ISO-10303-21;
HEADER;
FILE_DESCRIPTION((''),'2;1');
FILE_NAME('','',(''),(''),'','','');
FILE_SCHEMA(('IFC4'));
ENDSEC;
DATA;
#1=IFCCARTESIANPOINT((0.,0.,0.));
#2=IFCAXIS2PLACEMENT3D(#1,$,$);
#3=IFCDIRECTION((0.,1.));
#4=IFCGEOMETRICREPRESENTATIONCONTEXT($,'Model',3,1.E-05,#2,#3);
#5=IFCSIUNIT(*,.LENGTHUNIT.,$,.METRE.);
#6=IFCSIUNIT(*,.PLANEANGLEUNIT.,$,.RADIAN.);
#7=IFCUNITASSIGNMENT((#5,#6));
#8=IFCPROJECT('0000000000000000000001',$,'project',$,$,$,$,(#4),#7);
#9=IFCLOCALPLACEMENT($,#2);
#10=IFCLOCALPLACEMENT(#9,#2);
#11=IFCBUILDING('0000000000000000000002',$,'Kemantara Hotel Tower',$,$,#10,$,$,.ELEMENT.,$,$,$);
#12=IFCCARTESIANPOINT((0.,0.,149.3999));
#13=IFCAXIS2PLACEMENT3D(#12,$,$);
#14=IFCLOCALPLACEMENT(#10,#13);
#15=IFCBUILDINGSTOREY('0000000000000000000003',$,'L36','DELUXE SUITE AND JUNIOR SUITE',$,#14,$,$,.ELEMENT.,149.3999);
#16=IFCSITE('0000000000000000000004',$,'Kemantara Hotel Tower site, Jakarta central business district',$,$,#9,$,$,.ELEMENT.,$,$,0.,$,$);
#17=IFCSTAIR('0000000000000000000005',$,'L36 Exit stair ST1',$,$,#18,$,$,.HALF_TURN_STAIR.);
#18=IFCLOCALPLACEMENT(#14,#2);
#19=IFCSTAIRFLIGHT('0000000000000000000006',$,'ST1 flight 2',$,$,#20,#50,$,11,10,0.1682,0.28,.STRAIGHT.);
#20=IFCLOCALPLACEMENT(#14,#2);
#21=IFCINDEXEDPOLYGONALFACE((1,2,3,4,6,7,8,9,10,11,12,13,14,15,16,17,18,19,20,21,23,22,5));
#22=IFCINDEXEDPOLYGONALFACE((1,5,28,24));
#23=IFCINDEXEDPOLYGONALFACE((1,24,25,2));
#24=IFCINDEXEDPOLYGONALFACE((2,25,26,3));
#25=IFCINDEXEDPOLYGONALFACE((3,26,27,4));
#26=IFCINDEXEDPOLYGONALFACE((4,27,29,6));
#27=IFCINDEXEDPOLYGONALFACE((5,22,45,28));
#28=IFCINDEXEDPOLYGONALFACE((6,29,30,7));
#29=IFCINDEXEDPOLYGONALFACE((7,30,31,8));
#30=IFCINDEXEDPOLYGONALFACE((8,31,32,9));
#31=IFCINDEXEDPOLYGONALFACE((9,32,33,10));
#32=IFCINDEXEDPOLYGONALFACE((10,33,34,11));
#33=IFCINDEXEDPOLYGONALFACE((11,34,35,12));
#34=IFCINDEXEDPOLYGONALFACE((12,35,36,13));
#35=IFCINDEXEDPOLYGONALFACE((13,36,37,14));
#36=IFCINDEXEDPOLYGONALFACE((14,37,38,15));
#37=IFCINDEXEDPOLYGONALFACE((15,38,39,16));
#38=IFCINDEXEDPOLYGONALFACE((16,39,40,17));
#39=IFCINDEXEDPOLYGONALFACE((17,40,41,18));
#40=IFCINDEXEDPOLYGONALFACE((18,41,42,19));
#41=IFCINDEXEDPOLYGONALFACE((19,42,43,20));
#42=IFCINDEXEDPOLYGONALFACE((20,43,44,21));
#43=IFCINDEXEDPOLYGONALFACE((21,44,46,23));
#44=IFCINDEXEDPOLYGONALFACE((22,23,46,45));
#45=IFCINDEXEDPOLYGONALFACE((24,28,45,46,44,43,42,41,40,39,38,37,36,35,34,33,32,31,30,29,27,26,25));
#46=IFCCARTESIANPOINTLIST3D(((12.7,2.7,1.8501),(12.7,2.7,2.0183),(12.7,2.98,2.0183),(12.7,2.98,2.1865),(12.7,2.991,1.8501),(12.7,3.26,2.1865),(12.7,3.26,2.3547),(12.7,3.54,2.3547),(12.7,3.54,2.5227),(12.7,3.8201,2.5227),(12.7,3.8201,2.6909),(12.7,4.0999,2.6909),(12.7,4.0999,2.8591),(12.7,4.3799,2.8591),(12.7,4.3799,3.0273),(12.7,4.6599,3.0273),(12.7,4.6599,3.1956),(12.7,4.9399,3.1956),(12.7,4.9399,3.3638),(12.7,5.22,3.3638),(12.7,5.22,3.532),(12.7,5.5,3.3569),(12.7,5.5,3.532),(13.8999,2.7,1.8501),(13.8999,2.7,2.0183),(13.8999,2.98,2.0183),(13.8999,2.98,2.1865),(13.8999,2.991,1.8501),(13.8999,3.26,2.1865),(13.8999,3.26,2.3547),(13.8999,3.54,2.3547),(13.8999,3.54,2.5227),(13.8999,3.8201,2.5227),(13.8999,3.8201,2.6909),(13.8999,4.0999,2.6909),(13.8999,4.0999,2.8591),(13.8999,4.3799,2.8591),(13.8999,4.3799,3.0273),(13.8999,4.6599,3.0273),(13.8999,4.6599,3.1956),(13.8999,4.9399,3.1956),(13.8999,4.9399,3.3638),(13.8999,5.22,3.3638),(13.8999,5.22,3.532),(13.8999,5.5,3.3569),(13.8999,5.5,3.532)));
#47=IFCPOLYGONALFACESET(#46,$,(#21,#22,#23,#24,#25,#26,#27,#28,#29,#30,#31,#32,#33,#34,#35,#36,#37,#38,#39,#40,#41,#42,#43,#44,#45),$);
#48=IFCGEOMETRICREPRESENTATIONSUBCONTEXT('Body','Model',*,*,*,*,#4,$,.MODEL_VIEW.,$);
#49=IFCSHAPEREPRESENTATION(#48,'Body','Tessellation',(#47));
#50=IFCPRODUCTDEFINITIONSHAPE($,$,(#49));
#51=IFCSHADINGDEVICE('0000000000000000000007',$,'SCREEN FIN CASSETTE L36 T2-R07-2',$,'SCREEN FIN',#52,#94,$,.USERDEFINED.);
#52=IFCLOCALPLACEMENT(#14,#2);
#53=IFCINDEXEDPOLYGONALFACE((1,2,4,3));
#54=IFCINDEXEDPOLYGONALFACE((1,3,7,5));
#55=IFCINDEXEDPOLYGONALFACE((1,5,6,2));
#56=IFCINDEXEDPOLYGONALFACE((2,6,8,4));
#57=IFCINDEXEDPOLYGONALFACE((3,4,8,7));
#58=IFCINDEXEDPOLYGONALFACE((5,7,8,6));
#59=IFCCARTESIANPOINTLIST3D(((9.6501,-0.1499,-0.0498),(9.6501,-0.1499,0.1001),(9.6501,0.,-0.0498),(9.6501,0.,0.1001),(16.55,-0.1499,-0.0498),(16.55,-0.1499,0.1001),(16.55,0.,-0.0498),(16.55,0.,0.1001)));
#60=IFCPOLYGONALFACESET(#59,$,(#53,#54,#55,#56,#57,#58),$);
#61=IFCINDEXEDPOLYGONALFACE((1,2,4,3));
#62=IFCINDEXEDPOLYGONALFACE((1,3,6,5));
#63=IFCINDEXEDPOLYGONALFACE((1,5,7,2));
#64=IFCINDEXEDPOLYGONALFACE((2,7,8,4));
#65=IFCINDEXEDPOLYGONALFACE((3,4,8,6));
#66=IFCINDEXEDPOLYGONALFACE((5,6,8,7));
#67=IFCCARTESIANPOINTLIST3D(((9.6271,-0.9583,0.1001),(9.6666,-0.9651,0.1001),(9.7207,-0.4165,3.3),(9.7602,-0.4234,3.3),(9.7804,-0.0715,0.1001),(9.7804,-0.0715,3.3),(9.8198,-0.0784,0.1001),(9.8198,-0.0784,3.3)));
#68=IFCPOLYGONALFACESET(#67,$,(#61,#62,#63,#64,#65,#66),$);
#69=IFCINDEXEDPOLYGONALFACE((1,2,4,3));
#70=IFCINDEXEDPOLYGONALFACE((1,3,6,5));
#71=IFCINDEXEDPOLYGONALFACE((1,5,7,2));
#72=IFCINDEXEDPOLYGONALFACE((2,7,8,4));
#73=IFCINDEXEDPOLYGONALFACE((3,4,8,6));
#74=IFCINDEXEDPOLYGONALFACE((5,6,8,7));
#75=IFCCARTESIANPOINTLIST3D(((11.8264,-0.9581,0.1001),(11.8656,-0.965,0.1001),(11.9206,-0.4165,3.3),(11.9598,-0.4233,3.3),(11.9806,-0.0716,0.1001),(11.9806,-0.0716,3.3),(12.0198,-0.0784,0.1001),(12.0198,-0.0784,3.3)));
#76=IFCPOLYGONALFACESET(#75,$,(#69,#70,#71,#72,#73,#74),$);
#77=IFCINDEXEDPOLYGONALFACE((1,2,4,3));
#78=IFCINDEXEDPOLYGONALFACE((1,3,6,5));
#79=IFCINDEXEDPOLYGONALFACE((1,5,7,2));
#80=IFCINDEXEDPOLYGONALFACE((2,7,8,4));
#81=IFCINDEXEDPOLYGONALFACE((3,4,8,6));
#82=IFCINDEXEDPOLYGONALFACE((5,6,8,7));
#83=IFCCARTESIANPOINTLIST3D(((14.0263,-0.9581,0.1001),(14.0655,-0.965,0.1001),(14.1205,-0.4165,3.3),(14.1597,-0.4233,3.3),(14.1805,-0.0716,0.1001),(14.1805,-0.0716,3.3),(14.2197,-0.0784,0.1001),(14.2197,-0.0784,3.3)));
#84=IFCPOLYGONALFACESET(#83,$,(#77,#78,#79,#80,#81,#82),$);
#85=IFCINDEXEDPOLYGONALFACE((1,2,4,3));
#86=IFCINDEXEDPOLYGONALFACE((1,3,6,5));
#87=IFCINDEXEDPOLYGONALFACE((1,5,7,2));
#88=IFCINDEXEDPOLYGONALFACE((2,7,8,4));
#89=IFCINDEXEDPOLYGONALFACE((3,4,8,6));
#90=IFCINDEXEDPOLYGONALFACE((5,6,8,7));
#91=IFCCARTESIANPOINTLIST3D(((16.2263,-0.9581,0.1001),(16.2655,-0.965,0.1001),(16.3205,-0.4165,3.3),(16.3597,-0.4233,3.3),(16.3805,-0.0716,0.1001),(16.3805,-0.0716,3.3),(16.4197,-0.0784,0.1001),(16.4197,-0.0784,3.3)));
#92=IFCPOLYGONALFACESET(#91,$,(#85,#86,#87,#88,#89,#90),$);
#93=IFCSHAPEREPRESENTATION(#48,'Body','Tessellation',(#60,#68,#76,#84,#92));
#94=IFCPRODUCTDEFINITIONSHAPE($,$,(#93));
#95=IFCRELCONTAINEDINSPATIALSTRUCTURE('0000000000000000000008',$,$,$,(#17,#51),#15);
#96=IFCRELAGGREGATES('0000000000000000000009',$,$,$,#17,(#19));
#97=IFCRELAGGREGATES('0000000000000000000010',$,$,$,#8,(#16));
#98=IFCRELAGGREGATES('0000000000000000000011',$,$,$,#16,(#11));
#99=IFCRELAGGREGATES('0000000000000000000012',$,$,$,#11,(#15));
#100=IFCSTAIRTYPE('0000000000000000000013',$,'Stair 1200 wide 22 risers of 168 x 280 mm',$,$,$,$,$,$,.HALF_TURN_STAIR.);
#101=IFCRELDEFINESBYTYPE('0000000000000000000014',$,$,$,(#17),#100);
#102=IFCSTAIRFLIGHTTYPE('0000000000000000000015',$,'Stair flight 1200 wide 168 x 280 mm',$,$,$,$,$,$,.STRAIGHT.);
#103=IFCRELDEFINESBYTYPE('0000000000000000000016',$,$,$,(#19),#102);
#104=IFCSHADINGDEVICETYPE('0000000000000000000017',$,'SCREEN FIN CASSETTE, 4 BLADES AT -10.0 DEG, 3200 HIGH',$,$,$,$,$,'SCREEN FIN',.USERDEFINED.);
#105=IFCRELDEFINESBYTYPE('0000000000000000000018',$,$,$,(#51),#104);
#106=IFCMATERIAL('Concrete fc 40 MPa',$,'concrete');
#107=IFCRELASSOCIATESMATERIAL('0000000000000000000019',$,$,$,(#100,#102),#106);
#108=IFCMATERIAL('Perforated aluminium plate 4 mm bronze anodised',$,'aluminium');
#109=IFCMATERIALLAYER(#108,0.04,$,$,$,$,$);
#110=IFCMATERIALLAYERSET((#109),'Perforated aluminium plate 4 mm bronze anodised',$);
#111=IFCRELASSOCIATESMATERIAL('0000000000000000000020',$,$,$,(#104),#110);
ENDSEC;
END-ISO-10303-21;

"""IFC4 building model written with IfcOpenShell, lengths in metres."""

from ifc_helpers import new_model, si_unit, direction, frame, origin, origin_2d, place, context, subcontext, project, spatial, polyline, rectangle, outline, extrude, source, transform, mapped, material, layer, layer_set, type_object, element, aggregate, save


model = new_model("IFC4")

# Units and contexts
model_context = context("Model", 3, precision=1e-05, world=origin(), true_north=direction((0.0, 1.0)))
body_context = subcontext(model_context, "Body", "Model", "MODEL_VIEW")
ifc_project = project(units=[si_unit("LENGTHUNIT", "METRE"), si_unit("PLANEANGLEUNIT", "RADIAN")], contexts=[model_context])

# Site, building, storey
site_placement = place(None, origin())
site = spatial("IfcSite", under=ifc_project, at=site_placement, Name="Kemantara Hotel Tower site, Jakarta central business district", CompositionType="ELEMENT", RefElevation=0.0)
building_placement = place(site_placement, origin())
building = spatial("IfcBuilding", under=site, at=building_placement, Name="Kemantara Hotel Tower", CompositionType="ELEMENT")
storey_placement = place(building_placement, frame((0.0, 0.0, 149.3999)))
storey = spatial("IfcBuildingStorey", under=building, at=storey_placement, Name="L36", Description="DELUXE SUITE AND JUNIOR SUITE", CompositionType="ELEMENT", Elevation=149.3999)

# Stair, stair flight
ifc_material_1 = material(Name="Concrete fc 40 MPa", Category="concrete")
stair_type = type_object("IfcStairType", Name="Stair 1200 wide 22 risers of 168 x 280 mm", PredefinedType="HALF_TURN_STAIR", material=ifc_material_1)
stair_placement = place(storey_placement, origin())
stair = element("IfcStair", 1, at=stair_placement, inside=storey, type_object=stair_type, Name="L36 Exit stair ST1", PredefinedType="HALF_TURN_STAIR")
stair_flight_type = type_object("IfcStairFlightType", Name="Stair flight 1200 wide 168 x 280 mm", PredefinedType="STRAIGHT", material=ifc_material_1)
stair_flight_placement = place(storey_placement, frame((13.3, 2.7, 1.8501), z_axis=(0.0, 0.0, 1.0), x_axis=(0.0, 1.0, 0.0)))
stair_flight = element("IfcStairFlight", 2, at=stair_flight_placement, type_object=stair_flight_type, Name="ST1 flight 2", NumberOfRisers=11, NumberOfTreads=10, PredefinedType="STRAIGHT", RiserHeight=0.1682, TreadLength=0.28, context=body_context, shape_type="SweptSolid", body=[
    extrude(outline(polyline([(0.0, 0.0), (0.0, 0.1682), (0.28, 0.1682), (0.28, 0.3364), (0.5601, 0.3364), (0.5601, 0.5046), (0.8401, 0.5046), (0.8401, 0.6726), (1.1201, 0.6726), (1.1201, 0.8408), (1.3999, 0.8408), (1.3999, 1.009), (1.6799, 1.009), (1.6799, 1.1772), (1.96, 1.1772), (1.96, 1.3455), (2.24, 1.3455), (2.24, 1.5137), (2.52, 1.5137), (2.52, 1.6819), (2.8, 1.6819), (2.8, 1.8501), (2.8, 1.5068), (0.291, 0.0), (0.0, 0.0)])), frame((0.0, 0.6001, 0.0), z_axis=(0.0, -1.0, 0.0), x_axis=(1.0, 0.0, 0.0)), (0.0, 0.0, 1.0), 1.2),
])
aggregate(stair, [stair_flight])

# Shading device
ifc_material_2 = material(Name="Perforated aluminium plate 4 mm bronze anodised", Category="aluminium")
ifc_layer_1 = layer(ifc_material_2, 0.04)
ifc_layer_set_1 = layer_set([ifc_layer_1], Name="Perforated aluminium plate 4 mm bronze anodised")
shading_device_type = type_object("IfcShadingDeviceType", Name="SCREEN FIN CASSETTE, 4 BLADES AT -10.0 DEG, 3200 HIGH", ElementType="SCREEN FIN", PredefinedType="USERDEFINED", material=ifc_layer_set_1)
shared_shape = source(origin(), body_context, "Body", "SweptSolid", [
    extrude(rectangle(XDim=6.8999, YDim=0.1499, at=origin_2d()), frame((3.3, -0.075, -0.1499), z_axis=(0.0, 0.0, 1.0), x_axis=(1.0, 0.0, 0.0)), (0.0, 0.0, 1.0), 0.1499),
    extrude(outline(polyline([(0.0, 0.0), (0.8999, 0.0), (0.3501, 3.2), (0.0, 3.2), (0.0, 0.0)])), frame((0.0198, -0.0784, 0.0), z_axis=(-0.98539, 0.170314, 0.0), x_axis=(-0.170314, -0.98539, 0.0)), (0.0, 0.0, 1.0), 0.04),
    extrude(outline(polyline([(0.0, 0.0), (0.8999, 0.0), (0.3501, 3.2), (0.0, 3.2), (0.0, 0.0)])), frame((2.2197, -0.0784, 0.0), z_axis=(-0.985212, 0.171341, 0.0), x_axis=(-0.171341, -0.985212, 0.0)), (0.0, 0.0, 1.0), 0.0398),
    extrude(outline(polyline([(0.0, 0.0), (0.8999, 0.0), (0.3501, 3.2), (0.0, 3.2), (0.0, 0.0)])), frame((4.4197, -0.0784, 0.0), z_axis=(-0.985212, 0.171341, 0.0), x_axis=(-0.171341, -0.985212, 0.0)), (0.0, 0.0, 1.0), 0.0398),
    extrude(outline(polyline([(0.0, 0.0), (0.8999, 0.0), (0.3501, 3.2), (0.0, 3.2), (0.0, 0.0)])), frame((6.6196, -0.0784, 0.0), z_axis=(-0.985212, 0.171341, 0.0), x_axis=(-0.171341, -0.985212, 0.0)), (0.0, 0.0, 1.0), 0.0398),
])
shading_device_placement = place(storey_placement, frame((9.8, 0.0, 0.1001), z_axis=(0.0, 0.0, 1.0), x_axis=(1.0, 0.0, 0.0)))
element("IfcShadingDevice", 3, at=shading_device_placement, inside=storey, type_object=shading_device_type, Name="SCREEN FIN CASSETTE L36 T2-R07-2", ObjectType="SCREEN FIN", PredefinedType="USERDEFINED", context=body_context, shape_type="MappedRepresentation", body=[
    mapped(shared_shape, transform((0.0, 0.0, 0.0))),
])

save(model, "model.ifc")
